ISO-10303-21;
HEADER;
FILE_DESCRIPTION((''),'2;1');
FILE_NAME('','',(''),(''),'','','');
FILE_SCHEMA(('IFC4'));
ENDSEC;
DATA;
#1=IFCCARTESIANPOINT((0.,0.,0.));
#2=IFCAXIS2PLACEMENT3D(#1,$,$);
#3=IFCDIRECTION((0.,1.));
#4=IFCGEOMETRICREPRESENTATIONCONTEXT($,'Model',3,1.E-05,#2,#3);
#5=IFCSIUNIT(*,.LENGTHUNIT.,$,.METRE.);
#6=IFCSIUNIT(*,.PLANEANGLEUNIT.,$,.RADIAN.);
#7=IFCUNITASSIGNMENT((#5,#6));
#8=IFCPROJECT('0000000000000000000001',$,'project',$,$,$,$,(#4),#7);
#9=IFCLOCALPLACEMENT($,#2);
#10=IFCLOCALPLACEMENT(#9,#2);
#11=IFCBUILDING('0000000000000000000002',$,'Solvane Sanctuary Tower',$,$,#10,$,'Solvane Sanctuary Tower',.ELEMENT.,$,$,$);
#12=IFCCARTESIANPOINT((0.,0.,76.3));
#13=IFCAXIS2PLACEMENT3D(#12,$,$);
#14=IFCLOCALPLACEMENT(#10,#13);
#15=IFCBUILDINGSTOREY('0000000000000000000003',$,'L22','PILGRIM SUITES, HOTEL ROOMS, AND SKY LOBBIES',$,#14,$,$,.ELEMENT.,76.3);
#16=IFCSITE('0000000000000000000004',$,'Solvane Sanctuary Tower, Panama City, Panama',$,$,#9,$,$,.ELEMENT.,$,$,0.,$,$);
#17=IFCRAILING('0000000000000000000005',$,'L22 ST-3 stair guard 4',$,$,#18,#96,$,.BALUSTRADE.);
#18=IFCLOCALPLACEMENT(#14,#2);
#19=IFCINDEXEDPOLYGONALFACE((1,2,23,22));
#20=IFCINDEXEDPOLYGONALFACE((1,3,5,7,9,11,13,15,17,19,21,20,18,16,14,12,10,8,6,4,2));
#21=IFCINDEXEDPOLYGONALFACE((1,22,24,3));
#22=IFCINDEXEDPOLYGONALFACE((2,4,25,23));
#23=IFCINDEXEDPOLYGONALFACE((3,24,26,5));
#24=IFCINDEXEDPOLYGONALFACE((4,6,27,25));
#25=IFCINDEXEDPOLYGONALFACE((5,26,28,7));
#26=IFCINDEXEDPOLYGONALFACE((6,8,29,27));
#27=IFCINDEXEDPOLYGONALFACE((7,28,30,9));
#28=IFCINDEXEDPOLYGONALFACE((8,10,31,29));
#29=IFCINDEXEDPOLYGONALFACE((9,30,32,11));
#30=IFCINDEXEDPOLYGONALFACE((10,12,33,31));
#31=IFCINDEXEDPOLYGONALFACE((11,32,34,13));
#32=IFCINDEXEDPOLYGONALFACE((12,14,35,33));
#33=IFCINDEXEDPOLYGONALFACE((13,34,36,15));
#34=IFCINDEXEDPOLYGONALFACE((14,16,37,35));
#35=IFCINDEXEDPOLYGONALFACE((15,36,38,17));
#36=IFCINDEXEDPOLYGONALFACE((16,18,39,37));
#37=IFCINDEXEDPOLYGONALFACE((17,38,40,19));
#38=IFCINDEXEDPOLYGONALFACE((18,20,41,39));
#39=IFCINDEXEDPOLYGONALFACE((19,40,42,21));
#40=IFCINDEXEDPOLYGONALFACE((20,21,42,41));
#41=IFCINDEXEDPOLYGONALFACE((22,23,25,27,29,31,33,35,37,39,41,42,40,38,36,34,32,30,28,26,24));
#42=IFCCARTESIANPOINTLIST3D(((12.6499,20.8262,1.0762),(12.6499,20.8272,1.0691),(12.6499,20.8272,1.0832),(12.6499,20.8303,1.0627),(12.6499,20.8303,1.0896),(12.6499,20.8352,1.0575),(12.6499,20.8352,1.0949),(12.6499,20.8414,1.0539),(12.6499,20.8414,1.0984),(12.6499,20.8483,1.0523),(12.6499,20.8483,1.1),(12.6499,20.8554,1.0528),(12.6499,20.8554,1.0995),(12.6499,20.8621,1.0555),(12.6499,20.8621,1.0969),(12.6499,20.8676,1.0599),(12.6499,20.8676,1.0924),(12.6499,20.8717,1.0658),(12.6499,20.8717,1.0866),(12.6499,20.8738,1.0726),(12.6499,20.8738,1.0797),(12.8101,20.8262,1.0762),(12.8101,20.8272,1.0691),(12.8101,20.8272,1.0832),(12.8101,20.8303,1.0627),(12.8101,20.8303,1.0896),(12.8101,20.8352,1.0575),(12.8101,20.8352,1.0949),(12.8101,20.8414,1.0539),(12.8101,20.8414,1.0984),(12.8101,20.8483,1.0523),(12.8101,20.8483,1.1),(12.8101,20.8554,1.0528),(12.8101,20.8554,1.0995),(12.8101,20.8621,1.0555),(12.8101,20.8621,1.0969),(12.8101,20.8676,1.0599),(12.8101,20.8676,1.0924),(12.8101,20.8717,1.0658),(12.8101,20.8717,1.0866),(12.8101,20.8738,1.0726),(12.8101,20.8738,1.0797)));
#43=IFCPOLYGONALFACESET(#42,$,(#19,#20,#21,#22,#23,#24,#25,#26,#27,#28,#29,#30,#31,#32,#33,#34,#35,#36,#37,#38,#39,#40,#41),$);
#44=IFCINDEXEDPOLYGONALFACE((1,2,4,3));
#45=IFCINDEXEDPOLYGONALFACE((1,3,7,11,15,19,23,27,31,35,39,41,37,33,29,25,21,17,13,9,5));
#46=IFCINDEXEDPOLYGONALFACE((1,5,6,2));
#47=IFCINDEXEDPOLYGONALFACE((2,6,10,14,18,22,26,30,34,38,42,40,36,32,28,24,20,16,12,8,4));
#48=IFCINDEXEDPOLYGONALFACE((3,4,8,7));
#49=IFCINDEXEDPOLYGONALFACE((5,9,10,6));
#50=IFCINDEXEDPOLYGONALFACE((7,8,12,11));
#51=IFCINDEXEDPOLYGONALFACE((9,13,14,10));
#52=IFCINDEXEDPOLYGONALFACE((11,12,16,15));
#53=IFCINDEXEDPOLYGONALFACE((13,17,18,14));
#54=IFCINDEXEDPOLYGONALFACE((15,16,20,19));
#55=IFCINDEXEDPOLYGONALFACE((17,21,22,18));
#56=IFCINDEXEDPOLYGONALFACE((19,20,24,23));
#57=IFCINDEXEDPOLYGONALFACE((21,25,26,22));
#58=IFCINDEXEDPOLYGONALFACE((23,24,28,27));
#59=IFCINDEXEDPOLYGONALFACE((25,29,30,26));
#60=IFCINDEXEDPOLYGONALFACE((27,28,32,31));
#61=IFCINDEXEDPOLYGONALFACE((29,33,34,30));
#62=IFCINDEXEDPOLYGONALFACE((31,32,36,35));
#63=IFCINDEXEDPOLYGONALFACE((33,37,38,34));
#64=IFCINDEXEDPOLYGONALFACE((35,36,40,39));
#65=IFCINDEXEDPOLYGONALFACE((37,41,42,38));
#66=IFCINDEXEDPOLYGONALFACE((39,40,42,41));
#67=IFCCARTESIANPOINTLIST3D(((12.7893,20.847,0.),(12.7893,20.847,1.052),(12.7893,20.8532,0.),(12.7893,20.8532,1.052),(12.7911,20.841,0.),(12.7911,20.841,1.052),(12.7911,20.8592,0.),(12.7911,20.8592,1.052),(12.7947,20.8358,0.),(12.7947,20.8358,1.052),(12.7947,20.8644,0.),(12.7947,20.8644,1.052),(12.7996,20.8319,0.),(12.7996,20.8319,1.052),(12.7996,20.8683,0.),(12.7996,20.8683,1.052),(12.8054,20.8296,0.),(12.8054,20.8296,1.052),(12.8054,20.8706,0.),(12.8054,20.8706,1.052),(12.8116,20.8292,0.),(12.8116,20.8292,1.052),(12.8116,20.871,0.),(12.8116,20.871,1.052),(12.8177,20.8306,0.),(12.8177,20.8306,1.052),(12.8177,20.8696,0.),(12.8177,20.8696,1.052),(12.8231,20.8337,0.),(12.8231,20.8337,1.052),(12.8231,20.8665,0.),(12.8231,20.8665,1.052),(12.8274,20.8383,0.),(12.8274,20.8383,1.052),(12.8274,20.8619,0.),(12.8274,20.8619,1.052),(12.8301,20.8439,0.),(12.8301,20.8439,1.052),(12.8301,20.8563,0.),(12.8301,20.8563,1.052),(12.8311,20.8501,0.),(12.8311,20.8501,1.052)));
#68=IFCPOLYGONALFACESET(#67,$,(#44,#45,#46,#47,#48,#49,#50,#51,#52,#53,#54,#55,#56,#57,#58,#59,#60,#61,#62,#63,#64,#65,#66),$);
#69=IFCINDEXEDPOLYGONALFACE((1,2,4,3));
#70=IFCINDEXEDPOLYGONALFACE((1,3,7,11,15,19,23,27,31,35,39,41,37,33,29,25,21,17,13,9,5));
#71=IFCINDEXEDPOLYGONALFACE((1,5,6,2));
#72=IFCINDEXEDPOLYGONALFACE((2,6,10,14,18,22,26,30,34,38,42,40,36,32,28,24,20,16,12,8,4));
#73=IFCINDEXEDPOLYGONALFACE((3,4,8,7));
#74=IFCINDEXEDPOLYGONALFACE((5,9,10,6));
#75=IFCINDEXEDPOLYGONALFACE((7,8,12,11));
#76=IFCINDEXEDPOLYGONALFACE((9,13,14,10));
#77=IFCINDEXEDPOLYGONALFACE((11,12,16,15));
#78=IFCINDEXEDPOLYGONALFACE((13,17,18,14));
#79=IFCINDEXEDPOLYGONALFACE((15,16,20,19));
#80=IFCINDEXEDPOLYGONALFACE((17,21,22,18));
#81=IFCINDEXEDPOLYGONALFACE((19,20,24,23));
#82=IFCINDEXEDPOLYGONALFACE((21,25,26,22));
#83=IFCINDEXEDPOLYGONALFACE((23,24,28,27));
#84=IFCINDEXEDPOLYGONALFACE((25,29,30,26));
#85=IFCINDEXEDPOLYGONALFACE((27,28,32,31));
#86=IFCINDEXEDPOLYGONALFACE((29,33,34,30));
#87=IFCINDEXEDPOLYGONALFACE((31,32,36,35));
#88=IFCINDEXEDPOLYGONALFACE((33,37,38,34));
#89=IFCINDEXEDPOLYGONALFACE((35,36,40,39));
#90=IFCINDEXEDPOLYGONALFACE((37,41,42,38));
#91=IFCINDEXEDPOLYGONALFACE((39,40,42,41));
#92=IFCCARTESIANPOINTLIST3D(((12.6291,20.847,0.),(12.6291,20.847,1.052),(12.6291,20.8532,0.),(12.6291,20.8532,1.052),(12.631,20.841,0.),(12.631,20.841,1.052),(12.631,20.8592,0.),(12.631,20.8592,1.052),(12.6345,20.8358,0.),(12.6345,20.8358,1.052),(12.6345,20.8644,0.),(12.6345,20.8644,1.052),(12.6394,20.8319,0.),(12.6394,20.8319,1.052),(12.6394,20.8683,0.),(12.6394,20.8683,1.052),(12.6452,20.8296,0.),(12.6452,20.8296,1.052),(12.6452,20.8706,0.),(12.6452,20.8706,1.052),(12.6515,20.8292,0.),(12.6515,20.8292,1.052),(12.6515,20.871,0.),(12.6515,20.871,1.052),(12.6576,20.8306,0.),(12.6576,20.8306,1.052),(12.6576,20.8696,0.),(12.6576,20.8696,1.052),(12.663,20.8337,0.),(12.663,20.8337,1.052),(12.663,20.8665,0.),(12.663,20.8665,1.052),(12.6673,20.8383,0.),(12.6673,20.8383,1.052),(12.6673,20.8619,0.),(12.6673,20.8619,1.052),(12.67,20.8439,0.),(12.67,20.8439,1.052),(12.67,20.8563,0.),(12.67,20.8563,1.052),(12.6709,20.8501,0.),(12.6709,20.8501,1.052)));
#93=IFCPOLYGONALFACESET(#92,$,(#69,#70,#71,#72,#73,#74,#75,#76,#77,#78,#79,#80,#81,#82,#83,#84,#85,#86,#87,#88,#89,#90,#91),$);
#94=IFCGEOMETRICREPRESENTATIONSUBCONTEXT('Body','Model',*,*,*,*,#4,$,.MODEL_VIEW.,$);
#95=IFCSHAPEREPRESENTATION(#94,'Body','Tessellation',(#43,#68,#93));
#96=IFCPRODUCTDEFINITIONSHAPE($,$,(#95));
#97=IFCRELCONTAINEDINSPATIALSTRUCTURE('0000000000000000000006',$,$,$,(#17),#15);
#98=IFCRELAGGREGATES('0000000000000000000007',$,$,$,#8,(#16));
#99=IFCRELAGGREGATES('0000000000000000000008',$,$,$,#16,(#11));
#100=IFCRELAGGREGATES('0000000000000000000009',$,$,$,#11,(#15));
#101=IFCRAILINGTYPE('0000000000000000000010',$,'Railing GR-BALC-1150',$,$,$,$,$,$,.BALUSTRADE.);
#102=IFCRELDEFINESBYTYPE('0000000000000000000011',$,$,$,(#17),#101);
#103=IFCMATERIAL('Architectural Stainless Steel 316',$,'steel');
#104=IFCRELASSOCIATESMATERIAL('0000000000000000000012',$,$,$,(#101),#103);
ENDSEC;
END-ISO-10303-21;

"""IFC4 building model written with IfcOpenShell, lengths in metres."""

from ifc_helpers import new_model, si_unit, direction, frame, origin, origin_2d, place, context, subcontext, project, spatial, circle, extrude, material, type_object, element, save


model = new_model("IFC4")

# Units and contexts
model_context = context("Model", 3, precision=1e-05, world=origin(), true_north=direction((0.0, 1.0)))
body_context = subcontext(model_context, "Body", "Model", "MODEL_VIEW")
ifc_project = project(units=[si_unit("LENGTHUNIT", "METRE"), si_unit("PLANEANGLEUNIT", "RADIAN")], contexts=[model_context])

# Site, building, storey
site_placement = place(None, origin())
site = spatial("IfcSite", under=ifc_project, at=site_placement, Name="Solvane Sanctuary Tower, Panama City, Panama", CompositionType="ELEMENT", RefElevation=0.0)
building_placement = place(site_placement, origin())
building = spatial("IfcBuilding", under=site, at=building_placement, Name="Solvane Sanctuary Tower", LongName="Solvane Sanctuary Tower", CompositionType="ELEMENT")
storey_placement = place(building_placement, frame((0.0, 0.0, 76.3)))
storey = spatial("IfcBuildingStorey", under=building, at=storey_placement, Name="L22", Description="PILGRIM SUITES, HOTEL ROOMS, AND SKY LOBBIES", CompositionType="ELEMENT", Elevation=76.3)

# Shared definitions
ifc_material_1 = material(Name="Architectural Stainless Steel 316", Category="steel")

# Railing
railing_type = type_object("IfcRailingType", Name="Railing GR-BALC-1150", PredefinedType="BALUSTRADE", material=ifc_material_1)
railing_1_placement = place(storey_placement, frame((12.8101, 20.8501, 0.0)))
element("IfcRailing", 1, at=railing_1_placement, inside=storey, type_object=railing_type, Name="L22 ST-3 stair guard 4", PredefinedType="BALUSTRADE", context=body_context, shape_type="SweptSolid", body=[
    extrude(circle(Radius=0.0239, at=origin_2d()), frame((0.0, 0.0, 1.0762), z_axis=(-1.0, 0.0, 0.0), x_axis=(0.0, -1.0, 0.0)), (0.0, 0.0, 1.0), 0.1602),
    extrude(circle(Radius=0.021, at=origin_2d()), origin(), (0.0, 0.0, 1.0), 1.052),
    extrude(circle(Radius=0.021, at=origin_2d()), frame((-0.1602, 0.0, 0.0)), (0.0, 0.0, 1.0), 1.052),
])

save(model, "model.ifc")
